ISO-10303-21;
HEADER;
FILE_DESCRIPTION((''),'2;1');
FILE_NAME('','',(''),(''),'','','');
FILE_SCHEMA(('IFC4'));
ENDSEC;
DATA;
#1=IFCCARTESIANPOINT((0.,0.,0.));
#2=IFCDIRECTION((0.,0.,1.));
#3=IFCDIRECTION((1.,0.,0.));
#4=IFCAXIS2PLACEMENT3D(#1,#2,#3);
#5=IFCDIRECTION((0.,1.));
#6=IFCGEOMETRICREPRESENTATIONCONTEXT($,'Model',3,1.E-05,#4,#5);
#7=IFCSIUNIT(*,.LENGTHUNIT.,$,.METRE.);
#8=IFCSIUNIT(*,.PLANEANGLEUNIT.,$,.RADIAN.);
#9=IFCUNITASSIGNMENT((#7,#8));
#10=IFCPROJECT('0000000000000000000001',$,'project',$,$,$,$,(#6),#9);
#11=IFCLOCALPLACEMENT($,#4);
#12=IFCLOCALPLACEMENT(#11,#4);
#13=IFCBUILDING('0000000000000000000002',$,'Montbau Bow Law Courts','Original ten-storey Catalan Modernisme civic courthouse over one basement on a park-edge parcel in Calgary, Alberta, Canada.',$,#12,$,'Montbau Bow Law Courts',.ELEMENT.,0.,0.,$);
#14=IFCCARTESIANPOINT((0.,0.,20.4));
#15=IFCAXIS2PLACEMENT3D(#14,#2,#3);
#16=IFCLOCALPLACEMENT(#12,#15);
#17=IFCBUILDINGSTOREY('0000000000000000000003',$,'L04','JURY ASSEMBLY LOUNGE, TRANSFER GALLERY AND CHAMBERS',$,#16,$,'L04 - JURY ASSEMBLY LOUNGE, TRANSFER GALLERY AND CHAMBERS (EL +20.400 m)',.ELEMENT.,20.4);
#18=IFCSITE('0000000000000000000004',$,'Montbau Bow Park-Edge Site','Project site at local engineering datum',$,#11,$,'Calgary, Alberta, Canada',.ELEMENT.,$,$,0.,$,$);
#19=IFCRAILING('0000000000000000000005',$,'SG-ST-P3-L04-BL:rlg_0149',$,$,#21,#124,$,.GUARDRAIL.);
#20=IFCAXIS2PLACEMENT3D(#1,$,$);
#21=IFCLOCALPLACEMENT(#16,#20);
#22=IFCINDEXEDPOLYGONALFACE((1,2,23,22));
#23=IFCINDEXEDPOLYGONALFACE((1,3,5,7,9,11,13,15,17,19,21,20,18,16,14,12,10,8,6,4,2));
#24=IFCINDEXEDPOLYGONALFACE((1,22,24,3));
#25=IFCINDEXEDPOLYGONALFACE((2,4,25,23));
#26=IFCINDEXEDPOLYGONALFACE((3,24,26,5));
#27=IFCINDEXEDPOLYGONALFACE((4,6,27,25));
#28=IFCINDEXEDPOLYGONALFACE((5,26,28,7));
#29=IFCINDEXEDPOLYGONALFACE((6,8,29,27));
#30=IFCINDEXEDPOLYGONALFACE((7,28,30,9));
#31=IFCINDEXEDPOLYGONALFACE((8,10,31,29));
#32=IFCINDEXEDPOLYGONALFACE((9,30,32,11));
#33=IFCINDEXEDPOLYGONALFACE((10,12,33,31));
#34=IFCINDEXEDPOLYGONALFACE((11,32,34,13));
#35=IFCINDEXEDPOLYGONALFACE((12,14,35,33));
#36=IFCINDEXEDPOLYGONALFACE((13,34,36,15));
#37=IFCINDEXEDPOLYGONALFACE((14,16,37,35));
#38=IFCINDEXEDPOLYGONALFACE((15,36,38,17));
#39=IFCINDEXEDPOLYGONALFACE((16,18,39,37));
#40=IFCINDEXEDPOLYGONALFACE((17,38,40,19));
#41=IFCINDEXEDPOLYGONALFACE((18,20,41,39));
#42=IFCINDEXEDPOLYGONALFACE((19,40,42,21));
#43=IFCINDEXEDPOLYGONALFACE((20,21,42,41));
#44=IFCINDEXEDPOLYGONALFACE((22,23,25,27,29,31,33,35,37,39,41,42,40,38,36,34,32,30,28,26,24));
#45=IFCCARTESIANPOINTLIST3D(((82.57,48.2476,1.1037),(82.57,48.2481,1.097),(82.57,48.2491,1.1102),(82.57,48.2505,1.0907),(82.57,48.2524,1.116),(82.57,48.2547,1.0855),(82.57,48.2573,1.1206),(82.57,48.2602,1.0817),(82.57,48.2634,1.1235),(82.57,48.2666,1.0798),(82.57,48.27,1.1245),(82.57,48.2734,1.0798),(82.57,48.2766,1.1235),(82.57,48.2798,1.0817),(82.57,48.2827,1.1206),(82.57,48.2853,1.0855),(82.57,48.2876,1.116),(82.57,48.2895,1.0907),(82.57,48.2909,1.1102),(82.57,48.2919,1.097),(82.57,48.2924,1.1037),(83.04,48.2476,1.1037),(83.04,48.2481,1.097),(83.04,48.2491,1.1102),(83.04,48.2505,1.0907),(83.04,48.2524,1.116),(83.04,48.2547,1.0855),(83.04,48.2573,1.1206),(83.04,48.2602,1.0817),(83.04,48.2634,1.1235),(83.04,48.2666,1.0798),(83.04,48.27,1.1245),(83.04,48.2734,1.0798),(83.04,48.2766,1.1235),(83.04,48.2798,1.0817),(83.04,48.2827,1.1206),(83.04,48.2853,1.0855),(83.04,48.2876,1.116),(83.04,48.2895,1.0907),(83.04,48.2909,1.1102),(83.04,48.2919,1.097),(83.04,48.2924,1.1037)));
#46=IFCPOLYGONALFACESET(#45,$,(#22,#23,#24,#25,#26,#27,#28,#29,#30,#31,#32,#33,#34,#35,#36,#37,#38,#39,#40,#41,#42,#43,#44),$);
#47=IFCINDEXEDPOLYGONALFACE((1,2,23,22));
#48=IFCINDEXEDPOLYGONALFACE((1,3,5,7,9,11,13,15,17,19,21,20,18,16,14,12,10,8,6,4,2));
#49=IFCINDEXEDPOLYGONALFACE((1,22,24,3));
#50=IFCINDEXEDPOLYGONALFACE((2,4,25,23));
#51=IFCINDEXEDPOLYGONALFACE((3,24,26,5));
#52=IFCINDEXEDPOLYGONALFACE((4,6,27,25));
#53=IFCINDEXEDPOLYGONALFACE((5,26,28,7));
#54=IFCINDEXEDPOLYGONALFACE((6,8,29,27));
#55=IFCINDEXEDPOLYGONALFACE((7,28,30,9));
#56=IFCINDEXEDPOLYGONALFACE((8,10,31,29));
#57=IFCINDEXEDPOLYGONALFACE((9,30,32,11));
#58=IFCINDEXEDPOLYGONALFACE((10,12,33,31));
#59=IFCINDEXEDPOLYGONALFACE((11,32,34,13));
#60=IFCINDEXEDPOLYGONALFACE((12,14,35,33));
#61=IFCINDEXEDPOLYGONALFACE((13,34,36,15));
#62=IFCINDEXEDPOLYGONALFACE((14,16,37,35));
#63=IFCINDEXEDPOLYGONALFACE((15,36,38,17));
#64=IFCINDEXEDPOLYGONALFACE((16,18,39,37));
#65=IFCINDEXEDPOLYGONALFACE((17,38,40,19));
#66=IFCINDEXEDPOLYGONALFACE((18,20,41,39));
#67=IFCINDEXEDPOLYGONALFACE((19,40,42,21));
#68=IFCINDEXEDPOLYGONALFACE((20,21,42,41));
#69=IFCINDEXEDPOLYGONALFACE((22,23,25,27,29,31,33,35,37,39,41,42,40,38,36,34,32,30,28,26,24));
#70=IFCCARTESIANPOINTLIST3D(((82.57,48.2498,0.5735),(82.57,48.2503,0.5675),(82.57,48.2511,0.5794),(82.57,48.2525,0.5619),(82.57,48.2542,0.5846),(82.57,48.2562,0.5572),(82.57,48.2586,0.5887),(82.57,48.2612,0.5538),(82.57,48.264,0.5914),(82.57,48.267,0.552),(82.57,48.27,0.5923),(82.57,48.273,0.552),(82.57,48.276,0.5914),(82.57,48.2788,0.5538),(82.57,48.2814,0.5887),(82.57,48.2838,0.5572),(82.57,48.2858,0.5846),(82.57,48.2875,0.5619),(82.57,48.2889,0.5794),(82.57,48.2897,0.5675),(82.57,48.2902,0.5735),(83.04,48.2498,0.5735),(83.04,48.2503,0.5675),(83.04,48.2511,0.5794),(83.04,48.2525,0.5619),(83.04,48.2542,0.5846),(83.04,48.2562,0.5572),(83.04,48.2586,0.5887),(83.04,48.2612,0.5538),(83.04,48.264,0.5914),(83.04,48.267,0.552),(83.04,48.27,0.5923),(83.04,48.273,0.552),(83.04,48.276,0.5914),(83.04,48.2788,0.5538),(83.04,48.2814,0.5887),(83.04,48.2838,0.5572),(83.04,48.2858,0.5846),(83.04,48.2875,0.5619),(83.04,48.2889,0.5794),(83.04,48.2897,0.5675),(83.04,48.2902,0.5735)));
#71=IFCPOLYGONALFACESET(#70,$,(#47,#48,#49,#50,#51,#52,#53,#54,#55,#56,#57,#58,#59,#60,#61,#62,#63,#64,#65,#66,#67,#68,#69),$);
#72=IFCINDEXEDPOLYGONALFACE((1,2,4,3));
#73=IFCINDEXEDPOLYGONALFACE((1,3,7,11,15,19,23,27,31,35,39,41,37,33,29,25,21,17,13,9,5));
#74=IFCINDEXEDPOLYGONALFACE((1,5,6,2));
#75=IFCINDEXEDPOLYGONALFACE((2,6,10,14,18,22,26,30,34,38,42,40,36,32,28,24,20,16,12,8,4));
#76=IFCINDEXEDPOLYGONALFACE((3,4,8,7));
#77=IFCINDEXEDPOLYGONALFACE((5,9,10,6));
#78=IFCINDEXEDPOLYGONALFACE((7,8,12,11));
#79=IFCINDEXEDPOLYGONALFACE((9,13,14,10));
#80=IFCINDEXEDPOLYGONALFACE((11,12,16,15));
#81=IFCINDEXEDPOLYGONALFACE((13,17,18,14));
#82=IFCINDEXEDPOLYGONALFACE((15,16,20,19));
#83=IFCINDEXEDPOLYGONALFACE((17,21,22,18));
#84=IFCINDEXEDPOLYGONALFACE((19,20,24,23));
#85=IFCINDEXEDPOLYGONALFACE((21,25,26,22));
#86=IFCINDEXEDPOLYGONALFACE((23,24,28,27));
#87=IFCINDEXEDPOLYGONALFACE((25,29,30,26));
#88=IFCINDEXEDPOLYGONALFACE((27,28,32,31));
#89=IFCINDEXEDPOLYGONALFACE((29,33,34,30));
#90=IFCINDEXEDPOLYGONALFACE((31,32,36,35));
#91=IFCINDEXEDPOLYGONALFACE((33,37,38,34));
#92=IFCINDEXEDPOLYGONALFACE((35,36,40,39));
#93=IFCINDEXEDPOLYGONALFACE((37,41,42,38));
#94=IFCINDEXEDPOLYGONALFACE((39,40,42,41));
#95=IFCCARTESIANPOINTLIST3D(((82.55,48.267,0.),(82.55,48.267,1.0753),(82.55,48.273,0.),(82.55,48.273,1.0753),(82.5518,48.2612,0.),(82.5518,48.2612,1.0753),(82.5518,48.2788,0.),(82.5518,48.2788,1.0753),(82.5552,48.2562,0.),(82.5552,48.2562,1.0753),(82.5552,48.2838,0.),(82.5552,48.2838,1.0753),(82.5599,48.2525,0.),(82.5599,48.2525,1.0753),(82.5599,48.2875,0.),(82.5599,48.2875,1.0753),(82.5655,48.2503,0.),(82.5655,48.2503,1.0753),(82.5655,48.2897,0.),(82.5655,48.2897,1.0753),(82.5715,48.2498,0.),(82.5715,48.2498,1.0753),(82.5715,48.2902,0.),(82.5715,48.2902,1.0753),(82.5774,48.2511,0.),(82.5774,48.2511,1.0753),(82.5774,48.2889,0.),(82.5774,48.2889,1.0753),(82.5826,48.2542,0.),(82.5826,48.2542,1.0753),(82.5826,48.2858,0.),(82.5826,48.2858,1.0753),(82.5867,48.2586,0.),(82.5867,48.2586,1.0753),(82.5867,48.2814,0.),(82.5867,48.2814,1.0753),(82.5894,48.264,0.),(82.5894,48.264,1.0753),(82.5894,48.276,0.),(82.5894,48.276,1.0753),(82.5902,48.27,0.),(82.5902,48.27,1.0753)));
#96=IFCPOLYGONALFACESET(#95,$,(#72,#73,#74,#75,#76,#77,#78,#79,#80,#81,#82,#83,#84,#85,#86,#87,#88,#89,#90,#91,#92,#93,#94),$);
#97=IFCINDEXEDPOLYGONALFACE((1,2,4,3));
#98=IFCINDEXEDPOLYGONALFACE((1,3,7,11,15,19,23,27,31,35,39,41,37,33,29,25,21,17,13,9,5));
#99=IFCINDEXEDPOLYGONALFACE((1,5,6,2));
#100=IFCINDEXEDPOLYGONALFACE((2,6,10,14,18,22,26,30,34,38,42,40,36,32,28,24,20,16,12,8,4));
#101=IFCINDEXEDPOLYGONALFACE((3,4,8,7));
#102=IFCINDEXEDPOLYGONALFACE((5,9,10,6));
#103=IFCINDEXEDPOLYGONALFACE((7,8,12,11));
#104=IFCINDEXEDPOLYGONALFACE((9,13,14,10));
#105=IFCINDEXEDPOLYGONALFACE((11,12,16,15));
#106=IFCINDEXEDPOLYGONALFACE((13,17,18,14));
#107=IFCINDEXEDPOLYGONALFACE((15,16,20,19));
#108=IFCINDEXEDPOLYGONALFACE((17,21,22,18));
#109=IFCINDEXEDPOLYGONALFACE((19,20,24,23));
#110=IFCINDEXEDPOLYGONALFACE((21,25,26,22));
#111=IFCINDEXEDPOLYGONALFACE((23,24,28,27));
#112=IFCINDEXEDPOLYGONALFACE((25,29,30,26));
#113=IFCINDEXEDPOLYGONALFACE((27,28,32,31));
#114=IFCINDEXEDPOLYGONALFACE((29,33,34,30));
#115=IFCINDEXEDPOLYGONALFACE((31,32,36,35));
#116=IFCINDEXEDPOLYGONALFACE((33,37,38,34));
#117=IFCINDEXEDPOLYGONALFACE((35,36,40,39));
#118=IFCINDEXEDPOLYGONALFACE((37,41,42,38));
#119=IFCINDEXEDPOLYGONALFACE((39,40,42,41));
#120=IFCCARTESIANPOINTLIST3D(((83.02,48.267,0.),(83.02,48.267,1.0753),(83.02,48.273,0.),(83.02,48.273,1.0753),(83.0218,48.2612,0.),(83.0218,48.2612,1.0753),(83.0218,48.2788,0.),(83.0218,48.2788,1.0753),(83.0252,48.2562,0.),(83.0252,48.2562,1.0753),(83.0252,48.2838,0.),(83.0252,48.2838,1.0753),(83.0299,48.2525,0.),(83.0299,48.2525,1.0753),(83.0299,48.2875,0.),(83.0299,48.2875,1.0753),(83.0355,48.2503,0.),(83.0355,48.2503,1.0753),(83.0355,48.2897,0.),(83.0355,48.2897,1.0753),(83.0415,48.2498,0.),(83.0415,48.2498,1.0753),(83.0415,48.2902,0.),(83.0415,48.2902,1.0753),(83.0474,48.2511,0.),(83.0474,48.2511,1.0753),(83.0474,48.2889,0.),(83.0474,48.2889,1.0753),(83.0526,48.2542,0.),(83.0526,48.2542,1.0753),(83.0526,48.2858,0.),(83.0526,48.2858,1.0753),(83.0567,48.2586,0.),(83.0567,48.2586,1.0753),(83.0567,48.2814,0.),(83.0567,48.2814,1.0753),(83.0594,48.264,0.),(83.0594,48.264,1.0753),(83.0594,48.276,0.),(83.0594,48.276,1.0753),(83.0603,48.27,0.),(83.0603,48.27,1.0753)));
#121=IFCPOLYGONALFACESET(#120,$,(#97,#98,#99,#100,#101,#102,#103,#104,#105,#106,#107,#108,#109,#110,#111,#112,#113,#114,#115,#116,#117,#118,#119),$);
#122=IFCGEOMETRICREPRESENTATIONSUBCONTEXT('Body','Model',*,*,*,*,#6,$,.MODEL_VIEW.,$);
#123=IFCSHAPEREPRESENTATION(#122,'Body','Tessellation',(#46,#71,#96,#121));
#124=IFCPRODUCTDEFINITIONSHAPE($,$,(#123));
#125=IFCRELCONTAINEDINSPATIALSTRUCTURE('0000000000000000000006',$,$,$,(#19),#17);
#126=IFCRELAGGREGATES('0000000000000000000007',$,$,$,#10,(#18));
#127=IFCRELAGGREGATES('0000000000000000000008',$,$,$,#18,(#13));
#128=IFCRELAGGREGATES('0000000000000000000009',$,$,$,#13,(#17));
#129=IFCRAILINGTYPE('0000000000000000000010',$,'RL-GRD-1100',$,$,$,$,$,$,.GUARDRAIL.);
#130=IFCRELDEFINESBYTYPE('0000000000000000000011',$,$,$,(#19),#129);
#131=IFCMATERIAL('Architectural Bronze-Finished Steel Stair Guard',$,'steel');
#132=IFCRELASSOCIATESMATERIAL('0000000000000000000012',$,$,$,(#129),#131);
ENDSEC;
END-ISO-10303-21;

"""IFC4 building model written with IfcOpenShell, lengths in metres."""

from ifc_helpers import new_model, si_unit, direction, frame, origin_with_axes, origin_2d_with_axis, place, context, subcontext, project, spatial, circle, extrude, material, type_object, element, save


model = new_model("IFC4")

# Units and contexts
model_context = context("Model", 3, precision=1e-05, world=origin_with_axes(), true_north=direction((0.0, 1.0)))
body_context = subcontext(model_context, "Body", "Model", "MODEL_VIEW")
ifc_project = project(units=[si_unit("LENGTHUNIT", "METRE"), si_unit("PLANEANGLEUNIT", "RADIAN")], contexts=[model_context])

# Site, building, storey
site_placement = place(None, origin_with_axes())
site = spatial("IfcSite", under=ifc_project, at=site_placement, Name="Montbau Bow Park-Edge Site", Description="Project site at local engineering datum", LongName="Calgary, Alberta, Canada", CompositionType="ELEMENT", RefElevation=0.0)
building_placement = place(site_placement, origin_with_axes())
building = spatial("IfcBuilding", under=site, at=building_placement, Name="Montbau Bow Law Courts", Description="Original ten-storey Catalan Modernisme civic courthouse over one basement on a park-edge parcel in Calgary, Alberta, Canada.", LongName="Montbau Bow Law Courts", CompositionType="ELEMENT", ElevationOfRefHeight=0.0, ElevationOfTerrain=0.0)
storey_placement = place(building_placement, frame((0.0, 0.0, 20.4), z_axis=(0.0, 0.0, 1.0), x_axis=(1.0, 0.0, 0.0)))
storey = spatial("IfcBuildingStorey", under=building, at=storey_placement, Name="L04", Description="JURY ASSEMBLY LOUNGE, TRANSFER GALLERY AND CHAMBERS", LongName="L04 - JURY ASSEMBLY LOUNGE, TRANSFER GALLERY AND CHAMBERS (EL +20.400 m)", CompositionType="ELEMENT", Elevation=20.4)

# Railing
ifc_material_1 = material(Name="Architectural Bronze-Finished Steel Stair Guard", Category="steel")
railing_type_1 = type_object("IfcRailingType", Name="RL-GRD-1100", PredefinedType="GUARDRAIL", material=ifc_material_1)
railing_1_placement = place(None, origin_with_axes())
element("IfcRailing", 1, at=railing_1_placement, inside=storey, type_object=railing_type_1, Name="SG-ST-P3-L04-BL:rlg_0149", PredefinedType="GUARDRAIL", context=body_context, shape_type="SweptSolid", body=[
    extrude(circle(Radius=0.0225, at=origin_2d_with_axis()), frame((82.57, 48.27, 21.502), z_axis=(1.0, 0.0, 0.0), x_axis=(0.0, 0.0, 1.0)), (0.0, 0.0, 1.0), 0.47),
    extrude(circle(Radius=0.0203, at=origin_2d_with_axis()), frame((82.57, 48.27, 20.972), z_axis=(1.0, 0.0, 0.0), x_axis=(0.0, 0.0, 1.0)), (0.0, 0.0, 1.0), 0.47),
    extrude(circle(Radius=0.0203, at=origin_2d_with_axis()), frame((82.57, 48.27, 20.4), z_axis=(0.0, 0.0, 1.0), x_axis=(1.0, 0.0, 0.0)), (0.0, 0.0, 1.0), 1.0753),
    extrude(circle(Radius=0.0203, at=origin_2d_with_axis()), frame((83.04, 48.27, 20.4), z_axis=(0.0, 0.0, 1.0), x_axis=(1.0, 0.0, 0.0)), (0.0, 0.0, 1.0), 1.0753),
])

save(model, "model.ifc")
